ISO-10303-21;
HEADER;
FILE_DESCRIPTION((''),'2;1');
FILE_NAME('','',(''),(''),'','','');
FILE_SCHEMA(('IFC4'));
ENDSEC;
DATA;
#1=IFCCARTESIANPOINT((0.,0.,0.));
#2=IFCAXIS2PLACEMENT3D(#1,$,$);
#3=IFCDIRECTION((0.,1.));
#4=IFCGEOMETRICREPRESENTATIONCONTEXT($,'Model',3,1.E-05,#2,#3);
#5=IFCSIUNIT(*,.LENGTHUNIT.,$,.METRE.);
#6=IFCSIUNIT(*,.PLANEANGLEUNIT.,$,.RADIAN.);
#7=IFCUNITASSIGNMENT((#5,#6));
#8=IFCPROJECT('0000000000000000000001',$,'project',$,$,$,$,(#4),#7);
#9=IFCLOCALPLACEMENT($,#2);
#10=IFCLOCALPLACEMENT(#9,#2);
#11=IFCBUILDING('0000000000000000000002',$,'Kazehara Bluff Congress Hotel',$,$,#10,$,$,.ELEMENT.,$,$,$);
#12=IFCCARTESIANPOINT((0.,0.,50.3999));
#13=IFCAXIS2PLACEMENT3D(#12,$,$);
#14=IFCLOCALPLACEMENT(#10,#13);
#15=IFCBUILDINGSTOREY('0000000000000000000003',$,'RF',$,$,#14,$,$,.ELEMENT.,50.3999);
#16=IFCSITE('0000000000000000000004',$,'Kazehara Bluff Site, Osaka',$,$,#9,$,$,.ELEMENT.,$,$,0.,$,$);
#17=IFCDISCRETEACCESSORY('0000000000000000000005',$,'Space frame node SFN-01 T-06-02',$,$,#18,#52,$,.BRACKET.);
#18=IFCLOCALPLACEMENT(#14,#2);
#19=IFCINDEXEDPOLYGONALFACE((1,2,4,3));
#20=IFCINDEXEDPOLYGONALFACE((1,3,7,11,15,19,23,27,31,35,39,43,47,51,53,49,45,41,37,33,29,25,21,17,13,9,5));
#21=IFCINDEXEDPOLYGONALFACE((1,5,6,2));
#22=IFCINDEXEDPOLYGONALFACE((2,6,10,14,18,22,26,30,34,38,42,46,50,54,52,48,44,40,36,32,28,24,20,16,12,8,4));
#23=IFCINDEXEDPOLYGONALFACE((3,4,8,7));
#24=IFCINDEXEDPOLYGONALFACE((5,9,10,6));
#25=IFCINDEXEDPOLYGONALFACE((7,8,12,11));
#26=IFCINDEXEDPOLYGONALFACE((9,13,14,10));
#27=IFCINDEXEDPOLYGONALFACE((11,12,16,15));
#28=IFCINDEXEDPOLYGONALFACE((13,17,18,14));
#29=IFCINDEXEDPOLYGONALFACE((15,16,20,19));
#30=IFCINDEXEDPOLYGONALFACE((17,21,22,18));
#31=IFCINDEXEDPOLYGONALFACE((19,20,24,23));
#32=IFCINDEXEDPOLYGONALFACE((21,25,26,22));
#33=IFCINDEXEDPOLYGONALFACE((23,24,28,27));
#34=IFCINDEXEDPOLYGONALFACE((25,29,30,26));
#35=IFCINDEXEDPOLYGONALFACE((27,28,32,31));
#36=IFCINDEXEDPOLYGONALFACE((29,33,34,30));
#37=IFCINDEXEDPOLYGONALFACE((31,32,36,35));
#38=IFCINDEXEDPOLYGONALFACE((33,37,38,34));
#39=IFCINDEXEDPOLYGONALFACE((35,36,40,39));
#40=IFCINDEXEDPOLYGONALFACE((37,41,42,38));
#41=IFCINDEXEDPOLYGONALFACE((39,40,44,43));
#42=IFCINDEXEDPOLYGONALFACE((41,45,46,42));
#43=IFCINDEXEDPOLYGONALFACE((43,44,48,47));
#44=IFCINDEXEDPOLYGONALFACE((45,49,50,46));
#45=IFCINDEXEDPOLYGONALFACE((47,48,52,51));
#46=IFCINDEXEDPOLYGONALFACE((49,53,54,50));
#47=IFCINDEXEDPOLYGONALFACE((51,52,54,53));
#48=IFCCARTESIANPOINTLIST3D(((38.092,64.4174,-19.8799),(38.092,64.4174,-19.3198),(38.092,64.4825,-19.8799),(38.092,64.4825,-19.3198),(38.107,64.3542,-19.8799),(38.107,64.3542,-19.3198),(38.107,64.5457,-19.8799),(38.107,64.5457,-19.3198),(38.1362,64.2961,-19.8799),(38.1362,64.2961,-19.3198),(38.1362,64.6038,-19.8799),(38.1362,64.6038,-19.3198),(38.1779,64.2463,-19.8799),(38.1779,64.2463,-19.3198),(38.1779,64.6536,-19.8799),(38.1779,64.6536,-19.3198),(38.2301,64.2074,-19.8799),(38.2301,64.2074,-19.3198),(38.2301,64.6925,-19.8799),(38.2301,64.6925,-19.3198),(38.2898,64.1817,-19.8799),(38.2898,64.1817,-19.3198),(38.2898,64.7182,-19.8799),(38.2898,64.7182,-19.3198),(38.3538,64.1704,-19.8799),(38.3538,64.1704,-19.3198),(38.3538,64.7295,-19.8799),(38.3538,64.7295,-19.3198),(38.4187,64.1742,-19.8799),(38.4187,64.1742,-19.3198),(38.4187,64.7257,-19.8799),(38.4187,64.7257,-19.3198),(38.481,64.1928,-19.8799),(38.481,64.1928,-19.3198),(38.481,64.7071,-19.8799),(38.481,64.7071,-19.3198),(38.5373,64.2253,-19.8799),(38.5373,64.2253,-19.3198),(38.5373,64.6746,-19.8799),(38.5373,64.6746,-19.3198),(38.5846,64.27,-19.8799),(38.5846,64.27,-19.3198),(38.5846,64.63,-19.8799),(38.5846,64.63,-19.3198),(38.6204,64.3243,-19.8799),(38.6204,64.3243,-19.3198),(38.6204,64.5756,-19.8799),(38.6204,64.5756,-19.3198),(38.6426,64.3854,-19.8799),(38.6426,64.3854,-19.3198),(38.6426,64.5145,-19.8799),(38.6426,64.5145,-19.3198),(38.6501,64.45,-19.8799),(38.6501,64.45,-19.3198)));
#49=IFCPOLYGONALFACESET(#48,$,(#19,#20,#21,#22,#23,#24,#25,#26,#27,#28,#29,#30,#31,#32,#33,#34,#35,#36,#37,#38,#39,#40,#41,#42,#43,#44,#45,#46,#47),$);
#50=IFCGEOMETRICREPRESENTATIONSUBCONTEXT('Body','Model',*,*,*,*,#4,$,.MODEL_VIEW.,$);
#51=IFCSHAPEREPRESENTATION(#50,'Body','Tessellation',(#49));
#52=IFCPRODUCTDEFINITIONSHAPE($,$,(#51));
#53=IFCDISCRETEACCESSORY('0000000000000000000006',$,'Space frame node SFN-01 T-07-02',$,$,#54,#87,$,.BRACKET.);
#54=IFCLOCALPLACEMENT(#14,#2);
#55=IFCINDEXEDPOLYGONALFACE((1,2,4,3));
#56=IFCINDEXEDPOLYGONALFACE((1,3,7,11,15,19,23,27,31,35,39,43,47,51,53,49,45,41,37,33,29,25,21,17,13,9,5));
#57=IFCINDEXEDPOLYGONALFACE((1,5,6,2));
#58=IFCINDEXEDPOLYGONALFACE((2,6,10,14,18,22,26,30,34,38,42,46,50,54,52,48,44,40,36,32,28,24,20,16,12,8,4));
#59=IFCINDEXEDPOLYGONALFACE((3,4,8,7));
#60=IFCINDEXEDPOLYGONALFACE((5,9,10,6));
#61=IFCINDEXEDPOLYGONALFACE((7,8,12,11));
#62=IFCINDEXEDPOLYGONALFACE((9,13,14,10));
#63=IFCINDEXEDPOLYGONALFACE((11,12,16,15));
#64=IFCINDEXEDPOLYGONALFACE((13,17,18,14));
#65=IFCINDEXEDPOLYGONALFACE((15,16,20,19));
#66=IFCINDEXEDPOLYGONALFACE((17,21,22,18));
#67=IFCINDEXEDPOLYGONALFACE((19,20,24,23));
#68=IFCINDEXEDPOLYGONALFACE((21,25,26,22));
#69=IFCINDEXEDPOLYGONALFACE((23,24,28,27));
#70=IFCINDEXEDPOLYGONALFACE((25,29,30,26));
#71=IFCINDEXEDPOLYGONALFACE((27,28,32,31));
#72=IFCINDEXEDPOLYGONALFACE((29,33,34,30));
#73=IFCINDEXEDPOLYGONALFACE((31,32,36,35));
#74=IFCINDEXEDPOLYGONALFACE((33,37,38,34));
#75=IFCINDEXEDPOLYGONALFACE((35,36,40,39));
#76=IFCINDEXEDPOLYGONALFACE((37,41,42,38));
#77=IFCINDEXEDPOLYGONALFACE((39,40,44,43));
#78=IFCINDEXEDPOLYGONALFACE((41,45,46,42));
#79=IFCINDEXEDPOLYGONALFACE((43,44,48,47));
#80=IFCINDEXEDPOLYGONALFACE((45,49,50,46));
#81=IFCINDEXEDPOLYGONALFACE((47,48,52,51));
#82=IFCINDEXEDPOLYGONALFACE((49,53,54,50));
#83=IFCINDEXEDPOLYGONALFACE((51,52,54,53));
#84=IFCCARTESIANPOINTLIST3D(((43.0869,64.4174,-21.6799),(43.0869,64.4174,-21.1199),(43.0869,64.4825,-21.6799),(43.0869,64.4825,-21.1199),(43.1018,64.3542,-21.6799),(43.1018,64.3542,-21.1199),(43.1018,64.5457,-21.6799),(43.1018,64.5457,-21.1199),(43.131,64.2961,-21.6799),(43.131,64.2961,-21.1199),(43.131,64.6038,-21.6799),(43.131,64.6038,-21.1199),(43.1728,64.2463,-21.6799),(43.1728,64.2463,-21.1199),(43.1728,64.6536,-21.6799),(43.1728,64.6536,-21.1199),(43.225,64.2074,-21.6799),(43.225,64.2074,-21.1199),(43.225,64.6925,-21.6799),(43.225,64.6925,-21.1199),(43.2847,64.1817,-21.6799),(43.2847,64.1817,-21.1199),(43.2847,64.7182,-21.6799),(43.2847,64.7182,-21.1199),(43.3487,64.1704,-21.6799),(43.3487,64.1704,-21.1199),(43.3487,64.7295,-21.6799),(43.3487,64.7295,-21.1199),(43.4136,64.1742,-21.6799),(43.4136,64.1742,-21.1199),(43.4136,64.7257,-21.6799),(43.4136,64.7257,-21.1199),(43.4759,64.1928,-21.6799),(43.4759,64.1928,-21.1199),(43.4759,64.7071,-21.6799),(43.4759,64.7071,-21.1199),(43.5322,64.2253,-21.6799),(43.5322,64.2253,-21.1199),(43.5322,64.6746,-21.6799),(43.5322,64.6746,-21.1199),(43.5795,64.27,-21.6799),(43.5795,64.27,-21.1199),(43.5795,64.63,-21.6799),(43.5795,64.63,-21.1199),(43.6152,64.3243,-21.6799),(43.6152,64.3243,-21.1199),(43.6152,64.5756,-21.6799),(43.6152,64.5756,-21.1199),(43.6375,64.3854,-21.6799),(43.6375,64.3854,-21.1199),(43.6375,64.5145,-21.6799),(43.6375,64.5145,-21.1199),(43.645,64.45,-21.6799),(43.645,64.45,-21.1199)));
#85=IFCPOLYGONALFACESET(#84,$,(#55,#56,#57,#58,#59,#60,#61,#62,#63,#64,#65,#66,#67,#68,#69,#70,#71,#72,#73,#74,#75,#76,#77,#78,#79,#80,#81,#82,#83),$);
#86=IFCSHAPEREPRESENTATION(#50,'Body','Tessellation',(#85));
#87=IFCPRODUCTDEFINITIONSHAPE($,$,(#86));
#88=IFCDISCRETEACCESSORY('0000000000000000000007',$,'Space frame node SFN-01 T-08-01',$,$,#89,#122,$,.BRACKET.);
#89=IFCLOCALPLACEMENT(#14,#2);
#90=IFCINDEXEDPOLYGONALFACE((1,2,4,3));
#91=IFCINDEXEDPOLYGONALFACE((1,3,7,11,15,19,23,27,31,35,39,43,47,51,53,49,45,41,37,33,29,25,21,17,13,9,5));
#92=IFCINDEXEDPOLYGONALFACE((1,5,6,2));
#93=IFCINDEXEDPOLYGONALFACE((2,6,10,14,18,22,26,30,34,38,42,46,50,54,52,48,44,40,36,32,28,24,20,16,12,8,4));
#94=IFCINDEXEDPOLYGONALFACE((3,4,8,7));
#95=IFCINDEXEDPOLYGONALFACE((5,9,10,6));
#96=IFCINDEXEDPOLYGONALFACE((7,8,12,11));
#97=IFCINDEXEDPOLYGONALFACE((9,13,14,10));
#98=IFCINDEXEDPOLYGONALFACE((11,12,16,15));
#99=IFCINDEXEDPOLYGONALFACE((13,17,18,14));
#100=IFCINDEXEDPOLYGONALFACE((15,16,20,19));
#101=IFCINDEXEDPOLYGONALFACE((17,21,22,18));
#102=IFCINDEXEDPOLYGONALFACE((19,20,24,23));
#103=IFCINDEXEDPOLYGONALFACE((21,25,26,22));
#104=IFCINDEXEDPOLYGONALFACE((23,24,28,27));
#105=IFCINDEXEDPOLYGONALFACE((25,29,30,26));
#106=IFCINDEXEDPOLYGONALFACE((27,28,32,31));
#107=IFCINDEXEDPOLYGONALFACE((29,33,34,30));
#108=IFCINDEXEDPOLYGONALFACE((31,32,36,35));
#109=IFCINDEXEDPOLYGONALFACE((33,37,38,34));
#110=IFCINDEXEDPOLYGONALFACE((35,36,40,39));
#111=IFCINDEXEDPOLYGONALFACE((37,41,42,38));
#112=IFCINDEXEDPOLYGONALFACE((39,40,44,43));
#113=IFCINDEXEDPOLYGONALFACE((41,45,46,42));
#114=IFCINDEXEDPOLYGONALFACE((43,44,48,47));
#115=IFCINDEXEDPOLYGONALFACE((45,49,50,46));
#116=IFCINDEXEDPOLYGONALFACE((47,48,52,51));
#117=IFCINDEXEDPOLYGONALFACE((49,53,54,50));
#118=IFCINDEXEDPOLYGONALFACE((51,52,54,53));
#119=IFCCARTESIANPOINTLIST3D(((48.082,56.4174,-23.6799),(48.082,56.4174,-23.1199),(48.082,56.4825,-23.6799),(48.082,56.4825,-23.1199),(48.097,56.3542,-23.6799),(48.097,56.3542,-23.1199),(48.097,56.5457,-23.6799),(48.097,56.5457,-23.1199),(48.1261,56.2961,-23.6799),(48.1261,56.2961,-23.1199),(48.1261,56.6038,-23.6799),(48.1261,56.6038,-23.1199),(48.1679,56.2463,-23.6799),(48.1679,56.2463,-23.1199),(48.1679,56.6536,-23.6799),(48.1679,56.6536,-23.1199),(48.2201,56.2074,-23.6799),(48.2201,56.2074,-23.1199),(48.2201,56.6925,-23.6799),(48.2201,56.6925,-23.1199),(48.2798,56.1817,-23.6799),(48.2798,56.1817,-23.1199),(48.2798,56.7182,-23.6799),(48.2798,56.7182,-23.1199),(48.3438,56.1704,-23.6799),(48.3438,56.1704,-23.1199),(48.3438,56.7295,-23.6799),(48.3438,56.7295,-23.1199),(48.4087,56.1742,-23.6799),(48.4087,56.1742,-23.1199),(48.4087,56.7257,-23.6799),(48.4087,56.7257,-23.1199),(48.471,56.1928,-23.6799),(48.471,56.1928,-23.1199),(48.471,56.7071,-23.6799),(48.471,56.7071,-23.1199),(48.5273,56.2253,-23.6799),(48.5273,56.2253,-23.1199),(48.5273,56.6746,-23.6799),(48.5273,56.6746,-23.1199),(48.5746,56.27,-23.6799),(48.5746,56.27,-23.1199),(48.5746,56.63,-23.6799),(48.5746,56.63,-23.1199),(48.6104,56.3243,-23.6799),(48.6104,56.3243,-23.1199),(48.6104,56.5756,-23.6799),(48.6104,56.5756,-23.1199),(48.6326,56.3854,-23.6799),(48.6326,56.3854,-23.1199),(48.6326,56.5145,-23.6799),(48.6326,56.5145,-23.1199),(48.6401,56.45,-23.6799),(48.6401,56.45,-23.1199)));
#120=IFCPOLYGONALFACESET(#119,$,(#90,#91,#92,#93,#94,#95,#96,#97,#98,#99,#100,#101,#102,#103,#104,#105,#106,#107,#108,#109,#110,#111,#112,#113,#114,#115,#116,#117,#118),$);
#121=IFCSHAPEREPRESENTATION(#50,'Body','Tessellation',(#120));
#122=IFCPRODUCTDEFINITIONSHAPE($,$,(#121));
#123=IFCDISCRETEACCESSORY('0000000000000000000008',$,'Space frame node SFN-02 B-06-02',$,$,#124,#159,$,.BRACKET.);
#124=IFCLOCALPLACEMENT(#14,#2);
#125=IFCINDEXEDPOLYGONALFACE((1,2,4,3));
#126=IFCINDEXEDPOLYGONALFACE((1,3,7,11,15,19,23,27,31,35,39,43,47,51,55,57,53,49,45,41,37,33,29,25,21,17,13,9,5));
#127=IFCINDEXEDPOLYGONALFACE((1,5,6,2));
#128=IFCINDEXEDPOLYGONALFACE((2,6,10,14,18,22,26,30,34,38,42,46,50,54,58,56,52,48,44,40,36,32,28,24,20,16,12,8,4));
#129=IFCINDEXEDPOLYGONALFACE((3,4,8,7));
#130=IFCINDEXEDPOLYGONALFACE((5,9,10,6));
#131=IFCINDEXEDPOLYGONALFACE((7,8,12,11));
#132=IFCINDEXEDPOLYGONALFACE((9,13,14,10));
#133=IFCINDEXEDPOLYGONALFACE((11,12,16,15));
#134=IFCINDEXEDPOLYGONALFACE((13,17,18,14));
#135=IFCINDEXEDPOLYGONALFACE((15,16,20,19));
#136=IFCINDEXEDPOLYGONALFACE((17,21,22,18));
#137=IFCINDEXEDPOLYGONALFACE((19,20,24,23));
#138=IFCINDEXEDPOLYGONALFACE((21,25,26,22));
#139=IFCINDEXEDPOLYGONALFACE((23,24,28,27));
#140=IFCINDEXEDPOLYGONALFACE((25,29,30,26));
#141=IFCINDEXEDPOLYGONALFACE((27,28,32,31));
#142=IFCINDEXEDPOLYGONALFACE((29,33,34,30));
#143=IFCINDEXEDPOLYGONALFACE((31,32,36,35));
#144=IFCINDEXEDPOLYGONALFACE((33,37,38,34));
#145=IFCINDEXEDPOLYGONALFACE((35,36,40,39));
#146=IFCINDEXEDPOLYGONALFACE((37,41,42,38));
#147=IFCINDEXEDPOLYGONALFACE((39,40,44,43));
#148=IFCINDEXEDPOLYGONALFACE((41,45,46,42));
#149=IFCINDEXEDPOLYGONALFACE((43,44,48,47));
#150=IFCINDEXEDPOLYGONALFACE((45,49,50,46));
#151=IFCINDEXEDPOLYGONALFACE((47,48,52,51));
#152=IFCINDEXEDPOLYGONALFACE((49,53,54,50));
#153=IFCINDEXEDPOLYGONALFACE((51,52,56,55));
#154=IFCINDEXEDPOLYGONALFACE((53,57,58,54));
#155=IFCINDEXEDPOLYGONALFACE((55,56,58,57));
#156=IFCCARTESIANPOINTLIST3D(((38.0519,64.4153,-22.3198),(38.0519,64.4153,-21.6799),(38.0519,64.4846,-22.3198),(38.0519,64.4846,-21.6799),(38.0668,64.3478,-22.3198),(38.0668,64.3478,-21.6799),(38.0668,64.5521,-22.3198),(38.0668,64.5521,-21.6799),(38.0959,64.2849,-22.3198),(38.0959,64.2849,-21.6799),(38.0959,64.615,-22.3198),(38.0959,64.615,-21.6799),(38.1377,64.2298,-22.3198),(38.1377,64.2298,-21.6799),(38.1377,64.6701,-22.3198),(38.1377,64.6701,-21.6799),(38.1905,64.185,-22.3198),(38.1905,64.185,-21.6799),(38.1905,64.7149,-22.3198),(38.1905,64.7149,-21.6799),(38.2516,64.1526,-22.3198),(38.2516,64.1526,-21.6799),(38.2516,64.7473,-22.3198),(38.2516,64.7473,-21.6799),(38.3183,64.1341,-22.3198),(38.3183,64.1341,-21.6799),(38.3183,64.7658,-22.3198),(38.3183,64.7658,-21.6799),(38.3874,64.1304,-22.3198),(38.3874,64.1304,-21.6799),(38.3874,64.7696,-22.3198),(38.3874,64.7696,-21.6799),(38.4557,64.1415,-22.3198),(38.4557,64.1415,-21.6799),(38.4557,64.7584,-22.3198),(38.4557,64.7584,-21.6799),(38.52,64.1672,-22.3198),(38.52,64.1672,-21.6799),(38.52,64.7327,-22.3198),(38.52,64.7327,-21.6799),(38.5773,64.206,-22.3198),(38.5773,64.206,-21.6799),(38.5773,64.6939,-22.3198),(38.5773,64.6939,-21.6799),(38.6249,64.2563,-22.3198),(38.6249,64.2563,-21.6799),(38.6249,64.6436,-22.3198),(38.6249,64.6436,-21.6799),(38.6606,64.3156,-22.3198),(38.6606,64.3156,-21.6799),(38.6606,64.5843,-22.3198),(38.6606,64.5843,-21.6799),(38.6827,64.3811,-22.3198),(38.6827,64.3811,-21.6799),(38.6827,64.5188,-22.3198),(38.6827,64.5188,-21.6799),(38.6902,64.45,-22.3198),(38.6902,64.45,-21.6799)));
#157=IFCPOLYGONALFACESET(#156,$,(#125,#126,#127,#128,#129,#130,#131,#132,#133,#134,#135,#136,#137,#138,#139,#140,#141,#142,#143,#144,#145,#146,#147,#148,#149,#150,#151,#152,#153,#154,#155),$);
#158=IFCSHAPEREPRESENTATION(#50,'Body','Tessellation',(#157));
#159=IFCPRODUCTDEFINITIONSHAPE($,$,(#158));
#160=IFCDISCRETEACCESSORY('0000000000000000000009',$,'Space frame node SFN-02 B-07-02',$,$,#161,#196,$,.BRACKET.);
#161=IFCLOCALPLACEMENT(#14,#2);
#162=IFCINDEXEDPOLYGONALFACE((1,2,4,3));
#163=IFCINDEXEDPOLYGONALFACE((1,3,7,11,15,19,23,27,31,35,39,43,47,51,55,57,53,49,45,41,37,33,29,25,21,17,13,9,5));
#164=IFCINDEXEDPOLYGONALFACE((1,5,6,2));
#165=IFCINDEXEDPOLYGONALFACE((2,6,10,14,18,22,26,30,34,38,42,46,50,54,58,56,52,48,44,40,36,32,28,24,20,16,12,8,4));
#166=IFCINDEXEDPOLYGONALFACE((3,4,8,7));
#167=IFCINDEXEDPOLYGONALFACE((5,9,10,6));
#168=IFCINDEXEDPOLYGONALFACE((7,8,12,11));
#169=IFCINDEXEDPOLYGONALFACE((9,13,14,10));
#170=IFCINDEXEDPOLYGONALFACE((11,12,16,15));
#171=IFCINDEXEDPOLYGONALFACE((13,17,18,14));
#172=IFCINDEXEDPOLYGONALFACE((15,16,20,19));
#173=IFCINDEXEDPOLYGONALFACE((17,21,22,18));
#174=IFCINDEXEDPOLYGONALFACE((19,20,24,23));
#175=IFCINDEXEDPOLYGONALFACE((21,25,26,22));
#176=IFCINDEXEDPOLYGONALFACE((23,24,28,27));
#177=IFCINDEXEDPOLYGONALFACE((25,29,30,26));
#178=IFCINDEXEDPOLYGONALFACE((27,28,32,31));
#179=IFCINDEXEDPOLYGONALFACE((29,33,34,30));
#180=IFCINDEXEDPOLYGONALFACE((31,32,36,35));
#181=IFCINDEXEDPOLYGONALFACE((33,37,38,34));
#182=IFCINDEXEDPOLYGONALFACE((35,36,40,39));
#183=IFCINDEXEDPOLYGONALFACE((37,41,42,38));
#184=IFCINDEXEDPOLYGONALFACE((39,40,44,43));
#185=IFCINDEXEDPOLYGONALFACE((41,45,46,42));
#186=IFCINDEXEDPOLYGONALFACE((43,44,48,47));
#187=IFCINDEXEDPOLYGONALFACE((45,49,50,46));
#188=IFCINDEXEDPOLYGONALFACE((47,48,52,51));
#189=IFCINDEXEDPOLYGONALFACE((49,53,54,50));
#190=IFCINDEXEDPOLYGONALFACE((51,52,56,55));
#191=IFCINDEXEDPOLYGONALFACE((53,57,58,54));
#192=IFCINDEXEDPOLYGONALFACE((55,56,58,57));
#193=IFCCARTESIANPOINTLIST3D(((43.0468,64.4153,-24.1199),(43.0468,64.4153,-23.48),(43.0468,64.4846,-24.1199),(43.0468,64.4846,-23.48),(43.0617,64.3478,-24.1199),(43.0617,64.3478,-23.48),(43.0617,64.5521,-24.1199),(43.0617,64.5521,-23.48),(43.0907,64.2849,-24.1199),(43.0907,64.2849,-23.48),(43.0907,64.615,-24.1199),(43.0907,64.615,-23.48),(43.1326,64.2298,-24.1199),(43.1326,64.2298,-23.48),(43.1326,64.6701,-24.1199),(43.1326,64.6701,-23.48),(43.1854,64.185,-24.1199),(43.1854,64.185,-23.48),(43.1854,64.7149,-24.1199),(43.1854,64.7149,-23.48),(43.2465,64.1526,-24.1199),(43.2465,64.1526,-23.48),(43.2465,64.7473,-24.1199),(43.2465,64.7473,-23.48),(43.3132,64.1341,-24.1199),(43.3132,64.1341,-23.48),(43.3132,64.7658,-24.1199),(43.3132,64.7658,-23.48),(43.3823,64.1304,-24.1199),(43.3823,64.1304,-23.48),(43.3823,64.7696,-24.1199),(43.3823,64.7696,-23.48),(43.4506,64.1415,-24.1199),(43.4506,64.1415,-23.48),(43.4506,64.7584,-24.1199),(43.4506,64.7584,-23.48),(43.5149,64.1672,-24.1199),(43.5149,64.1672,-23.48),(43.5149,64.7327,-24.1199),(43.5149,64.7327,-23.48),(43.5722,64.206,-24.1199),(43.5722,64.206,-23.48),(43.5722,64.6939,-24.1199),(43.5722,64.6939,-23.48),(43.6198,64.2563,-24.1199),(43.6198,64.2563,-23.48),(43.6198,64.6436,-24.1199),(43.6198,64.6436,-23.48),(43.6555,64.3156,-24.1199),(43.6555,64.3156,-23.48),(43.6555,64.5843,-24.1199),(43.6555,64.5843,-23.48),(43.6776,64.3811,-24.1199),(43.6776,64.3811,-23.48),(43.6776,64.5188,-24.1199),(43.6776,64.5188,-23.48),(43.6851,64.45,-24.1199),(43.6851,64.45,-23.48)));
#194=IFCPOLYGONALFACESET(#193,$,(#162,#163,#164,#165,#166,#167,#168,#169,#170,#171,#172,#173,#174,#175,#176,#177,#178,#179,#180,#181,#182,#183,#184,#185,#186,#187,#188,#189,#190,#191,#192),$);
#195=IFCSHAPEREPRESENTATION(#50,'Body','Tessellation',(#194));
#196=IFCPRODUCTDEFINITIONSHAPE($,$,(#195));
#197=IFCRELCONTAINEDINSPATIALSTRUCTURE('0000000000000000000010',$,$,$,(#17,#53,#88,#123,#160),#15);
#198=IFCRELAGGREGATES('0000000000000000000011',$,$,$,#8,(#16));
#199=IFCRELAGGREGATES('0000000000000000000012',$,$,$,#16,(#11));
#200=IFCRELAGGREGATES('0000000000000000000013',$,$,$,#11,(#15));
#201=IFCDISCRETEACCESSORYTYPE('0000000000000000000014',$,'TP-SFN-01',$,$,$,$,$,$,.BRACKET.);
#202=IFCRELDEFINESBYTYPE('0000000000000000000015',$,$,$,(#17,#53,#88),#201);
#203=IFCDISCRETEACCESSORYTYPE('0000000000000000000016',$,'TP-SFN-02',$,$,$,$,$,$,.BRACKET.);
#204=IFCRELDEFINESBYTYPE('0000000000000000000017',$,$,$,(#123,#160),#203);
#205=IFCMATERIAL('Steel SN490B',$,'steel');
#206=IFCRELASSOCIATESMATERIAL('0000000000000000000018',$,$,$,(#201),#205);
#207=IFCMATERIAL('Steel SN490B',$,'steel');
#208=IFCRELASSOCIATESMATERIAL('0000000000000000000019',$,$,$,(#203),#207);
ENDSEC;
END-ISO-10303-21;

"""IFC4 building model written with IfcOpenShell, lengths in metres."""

from ifc_helpers import new_model, si_unit, direction, frame, origin, origin_2d, place, context, subcontext, project, spatial, circle, extrude, material, material_profile, profile_set, type_object, element, save


model = new_model("IFC4")

# Units and contexts
model_context = context("Model", 3, precision=1e-05, world=origin(), true_north=direction((0.0, 1.0)))
body_context = subcontext(model_context, "Body", "Model", "MODEL_VIEW")
ifc_project = project(units=[si_unit("LENGTHUNIT", "METRE"), si_unit("PLANEANGLEUNIT", "RADIAN")], contexts=[model_context])

# Site, building, storey
site_placement = place(None, origin())
site = spatial("IfcSite", under=ifc_project, at=site_placement, Name="Kazehara Bluff Site, Osaka", CompositionType="ELEMENT", RefElevation=0.0)
building_placement = place(site_placement, origin())
building = spatial("IfcBuilding", under=site, at=building_placement, Name="Kazehara Bluff Congress Hotel", CompositionType="ELEMENT")
storey_placement = place(building_placement, frame((0.0, 0.0, 50.3999)))
storey = spatial("IfcBuildingStorey", under=building, at=storey_placement, Name="RF", CompositionType="ELEMENT", Elevation=50.3999)

# Discrete accessories
ifc_material_1 = material(Name="Steel SN490B", Category="steel")
ifc_material_profile_1 = material_profile(ifc_material_1, circle(Radius=0.28, at=origin_2d()))
ifc_profile_set_1 = profile_set([ifc_material_profile_1], Name="Steel SN490B")
discrete_accessory_type_1 = type_object("IfcDiscreteAccessoryType", Name="TP-SFN-01", PredefinedType="BRACKET", material=ifc_profile_set_1)
for number, where, z_axis, x_axis, name in (
    (1, (38.3701, 64.45, -19.8799), (0.0, 0.0, 1.0), (1.0, 0.0, 0.0), "Space frame node SFN-01 T-06-02"),
    (2, (43.365, 64.45, -21.6799), (0.0, 0.0, 1.0), (1.0, 0.0, 0.0), "Space frame node SFN-01 T-07-02"),
    (3, (48.3601, 56.45, -23.6799), (0.0, 0.0, 1.0), (1.0, 0.0, 0.0), "Space frame node SFN-01 T-08-01"),
):
    element("IfcDiscreteAccessory", number, at=place(storey_placement, frame(where, z_axis=z_axis, x_axis=x_axis)), inside=storey, type_object=discrete_accessory_type_1, Name=name, PredefinedType="BRACKET", context=body_context, shape_type="SweptSolid", body=[
        extrude(circle(Radius=0.28, at=origin_2d()), origin(), (0.0, 0.0, 1.0), 0.5601),
    ])
ifc_material_2 = material(Name="Steel SN490B", Category="steel")
ifc_material_profile_2 = material_profile(ifc_material_2, circle(Radius=0.3201, at=origin_2d()))
ifc_profile_set_2 = profile_set([ifc_material_profile_2], Name="Steel SN490B")
discrete_accessory_type_2 = type_object("IfcDiscreteAccessoryType", Name="TP-SFN-02", PredefinedType="BRACKET", material=ifc_profile_set_2)
for number, where, z_axis, x_axis, name in (
    (4, (38.3701, 64.45, -22.3198), (0.0, 0.0, 1.0), (1.0, 0.0, 0.0), "Space frame node SFN-02 B-06-02"),
    (5, (43.365, 64.45, -24.1199), (0.0, 0.0, 1.0), (1.0, 0.0, 0.0), "Space frame node SFN-02 B-07-02"),
):
    element("IfcDiscreteAccessory", number, at=place(storey_placement, frame(where, z_axis=z_axis, x_axis=x_axis)), inside=storey, type_object=discrete_accessory_type_2, Name=name, PredefinedType="BRACKET", context=body_context, shape_type="SweptSolid", body=[
        extrude(circle(Radius=0.3201, at=origin_2d()), origin(), (0.0, 0.0, 1.0), 0.6399),
    ])

save(model, "model.ifc")
